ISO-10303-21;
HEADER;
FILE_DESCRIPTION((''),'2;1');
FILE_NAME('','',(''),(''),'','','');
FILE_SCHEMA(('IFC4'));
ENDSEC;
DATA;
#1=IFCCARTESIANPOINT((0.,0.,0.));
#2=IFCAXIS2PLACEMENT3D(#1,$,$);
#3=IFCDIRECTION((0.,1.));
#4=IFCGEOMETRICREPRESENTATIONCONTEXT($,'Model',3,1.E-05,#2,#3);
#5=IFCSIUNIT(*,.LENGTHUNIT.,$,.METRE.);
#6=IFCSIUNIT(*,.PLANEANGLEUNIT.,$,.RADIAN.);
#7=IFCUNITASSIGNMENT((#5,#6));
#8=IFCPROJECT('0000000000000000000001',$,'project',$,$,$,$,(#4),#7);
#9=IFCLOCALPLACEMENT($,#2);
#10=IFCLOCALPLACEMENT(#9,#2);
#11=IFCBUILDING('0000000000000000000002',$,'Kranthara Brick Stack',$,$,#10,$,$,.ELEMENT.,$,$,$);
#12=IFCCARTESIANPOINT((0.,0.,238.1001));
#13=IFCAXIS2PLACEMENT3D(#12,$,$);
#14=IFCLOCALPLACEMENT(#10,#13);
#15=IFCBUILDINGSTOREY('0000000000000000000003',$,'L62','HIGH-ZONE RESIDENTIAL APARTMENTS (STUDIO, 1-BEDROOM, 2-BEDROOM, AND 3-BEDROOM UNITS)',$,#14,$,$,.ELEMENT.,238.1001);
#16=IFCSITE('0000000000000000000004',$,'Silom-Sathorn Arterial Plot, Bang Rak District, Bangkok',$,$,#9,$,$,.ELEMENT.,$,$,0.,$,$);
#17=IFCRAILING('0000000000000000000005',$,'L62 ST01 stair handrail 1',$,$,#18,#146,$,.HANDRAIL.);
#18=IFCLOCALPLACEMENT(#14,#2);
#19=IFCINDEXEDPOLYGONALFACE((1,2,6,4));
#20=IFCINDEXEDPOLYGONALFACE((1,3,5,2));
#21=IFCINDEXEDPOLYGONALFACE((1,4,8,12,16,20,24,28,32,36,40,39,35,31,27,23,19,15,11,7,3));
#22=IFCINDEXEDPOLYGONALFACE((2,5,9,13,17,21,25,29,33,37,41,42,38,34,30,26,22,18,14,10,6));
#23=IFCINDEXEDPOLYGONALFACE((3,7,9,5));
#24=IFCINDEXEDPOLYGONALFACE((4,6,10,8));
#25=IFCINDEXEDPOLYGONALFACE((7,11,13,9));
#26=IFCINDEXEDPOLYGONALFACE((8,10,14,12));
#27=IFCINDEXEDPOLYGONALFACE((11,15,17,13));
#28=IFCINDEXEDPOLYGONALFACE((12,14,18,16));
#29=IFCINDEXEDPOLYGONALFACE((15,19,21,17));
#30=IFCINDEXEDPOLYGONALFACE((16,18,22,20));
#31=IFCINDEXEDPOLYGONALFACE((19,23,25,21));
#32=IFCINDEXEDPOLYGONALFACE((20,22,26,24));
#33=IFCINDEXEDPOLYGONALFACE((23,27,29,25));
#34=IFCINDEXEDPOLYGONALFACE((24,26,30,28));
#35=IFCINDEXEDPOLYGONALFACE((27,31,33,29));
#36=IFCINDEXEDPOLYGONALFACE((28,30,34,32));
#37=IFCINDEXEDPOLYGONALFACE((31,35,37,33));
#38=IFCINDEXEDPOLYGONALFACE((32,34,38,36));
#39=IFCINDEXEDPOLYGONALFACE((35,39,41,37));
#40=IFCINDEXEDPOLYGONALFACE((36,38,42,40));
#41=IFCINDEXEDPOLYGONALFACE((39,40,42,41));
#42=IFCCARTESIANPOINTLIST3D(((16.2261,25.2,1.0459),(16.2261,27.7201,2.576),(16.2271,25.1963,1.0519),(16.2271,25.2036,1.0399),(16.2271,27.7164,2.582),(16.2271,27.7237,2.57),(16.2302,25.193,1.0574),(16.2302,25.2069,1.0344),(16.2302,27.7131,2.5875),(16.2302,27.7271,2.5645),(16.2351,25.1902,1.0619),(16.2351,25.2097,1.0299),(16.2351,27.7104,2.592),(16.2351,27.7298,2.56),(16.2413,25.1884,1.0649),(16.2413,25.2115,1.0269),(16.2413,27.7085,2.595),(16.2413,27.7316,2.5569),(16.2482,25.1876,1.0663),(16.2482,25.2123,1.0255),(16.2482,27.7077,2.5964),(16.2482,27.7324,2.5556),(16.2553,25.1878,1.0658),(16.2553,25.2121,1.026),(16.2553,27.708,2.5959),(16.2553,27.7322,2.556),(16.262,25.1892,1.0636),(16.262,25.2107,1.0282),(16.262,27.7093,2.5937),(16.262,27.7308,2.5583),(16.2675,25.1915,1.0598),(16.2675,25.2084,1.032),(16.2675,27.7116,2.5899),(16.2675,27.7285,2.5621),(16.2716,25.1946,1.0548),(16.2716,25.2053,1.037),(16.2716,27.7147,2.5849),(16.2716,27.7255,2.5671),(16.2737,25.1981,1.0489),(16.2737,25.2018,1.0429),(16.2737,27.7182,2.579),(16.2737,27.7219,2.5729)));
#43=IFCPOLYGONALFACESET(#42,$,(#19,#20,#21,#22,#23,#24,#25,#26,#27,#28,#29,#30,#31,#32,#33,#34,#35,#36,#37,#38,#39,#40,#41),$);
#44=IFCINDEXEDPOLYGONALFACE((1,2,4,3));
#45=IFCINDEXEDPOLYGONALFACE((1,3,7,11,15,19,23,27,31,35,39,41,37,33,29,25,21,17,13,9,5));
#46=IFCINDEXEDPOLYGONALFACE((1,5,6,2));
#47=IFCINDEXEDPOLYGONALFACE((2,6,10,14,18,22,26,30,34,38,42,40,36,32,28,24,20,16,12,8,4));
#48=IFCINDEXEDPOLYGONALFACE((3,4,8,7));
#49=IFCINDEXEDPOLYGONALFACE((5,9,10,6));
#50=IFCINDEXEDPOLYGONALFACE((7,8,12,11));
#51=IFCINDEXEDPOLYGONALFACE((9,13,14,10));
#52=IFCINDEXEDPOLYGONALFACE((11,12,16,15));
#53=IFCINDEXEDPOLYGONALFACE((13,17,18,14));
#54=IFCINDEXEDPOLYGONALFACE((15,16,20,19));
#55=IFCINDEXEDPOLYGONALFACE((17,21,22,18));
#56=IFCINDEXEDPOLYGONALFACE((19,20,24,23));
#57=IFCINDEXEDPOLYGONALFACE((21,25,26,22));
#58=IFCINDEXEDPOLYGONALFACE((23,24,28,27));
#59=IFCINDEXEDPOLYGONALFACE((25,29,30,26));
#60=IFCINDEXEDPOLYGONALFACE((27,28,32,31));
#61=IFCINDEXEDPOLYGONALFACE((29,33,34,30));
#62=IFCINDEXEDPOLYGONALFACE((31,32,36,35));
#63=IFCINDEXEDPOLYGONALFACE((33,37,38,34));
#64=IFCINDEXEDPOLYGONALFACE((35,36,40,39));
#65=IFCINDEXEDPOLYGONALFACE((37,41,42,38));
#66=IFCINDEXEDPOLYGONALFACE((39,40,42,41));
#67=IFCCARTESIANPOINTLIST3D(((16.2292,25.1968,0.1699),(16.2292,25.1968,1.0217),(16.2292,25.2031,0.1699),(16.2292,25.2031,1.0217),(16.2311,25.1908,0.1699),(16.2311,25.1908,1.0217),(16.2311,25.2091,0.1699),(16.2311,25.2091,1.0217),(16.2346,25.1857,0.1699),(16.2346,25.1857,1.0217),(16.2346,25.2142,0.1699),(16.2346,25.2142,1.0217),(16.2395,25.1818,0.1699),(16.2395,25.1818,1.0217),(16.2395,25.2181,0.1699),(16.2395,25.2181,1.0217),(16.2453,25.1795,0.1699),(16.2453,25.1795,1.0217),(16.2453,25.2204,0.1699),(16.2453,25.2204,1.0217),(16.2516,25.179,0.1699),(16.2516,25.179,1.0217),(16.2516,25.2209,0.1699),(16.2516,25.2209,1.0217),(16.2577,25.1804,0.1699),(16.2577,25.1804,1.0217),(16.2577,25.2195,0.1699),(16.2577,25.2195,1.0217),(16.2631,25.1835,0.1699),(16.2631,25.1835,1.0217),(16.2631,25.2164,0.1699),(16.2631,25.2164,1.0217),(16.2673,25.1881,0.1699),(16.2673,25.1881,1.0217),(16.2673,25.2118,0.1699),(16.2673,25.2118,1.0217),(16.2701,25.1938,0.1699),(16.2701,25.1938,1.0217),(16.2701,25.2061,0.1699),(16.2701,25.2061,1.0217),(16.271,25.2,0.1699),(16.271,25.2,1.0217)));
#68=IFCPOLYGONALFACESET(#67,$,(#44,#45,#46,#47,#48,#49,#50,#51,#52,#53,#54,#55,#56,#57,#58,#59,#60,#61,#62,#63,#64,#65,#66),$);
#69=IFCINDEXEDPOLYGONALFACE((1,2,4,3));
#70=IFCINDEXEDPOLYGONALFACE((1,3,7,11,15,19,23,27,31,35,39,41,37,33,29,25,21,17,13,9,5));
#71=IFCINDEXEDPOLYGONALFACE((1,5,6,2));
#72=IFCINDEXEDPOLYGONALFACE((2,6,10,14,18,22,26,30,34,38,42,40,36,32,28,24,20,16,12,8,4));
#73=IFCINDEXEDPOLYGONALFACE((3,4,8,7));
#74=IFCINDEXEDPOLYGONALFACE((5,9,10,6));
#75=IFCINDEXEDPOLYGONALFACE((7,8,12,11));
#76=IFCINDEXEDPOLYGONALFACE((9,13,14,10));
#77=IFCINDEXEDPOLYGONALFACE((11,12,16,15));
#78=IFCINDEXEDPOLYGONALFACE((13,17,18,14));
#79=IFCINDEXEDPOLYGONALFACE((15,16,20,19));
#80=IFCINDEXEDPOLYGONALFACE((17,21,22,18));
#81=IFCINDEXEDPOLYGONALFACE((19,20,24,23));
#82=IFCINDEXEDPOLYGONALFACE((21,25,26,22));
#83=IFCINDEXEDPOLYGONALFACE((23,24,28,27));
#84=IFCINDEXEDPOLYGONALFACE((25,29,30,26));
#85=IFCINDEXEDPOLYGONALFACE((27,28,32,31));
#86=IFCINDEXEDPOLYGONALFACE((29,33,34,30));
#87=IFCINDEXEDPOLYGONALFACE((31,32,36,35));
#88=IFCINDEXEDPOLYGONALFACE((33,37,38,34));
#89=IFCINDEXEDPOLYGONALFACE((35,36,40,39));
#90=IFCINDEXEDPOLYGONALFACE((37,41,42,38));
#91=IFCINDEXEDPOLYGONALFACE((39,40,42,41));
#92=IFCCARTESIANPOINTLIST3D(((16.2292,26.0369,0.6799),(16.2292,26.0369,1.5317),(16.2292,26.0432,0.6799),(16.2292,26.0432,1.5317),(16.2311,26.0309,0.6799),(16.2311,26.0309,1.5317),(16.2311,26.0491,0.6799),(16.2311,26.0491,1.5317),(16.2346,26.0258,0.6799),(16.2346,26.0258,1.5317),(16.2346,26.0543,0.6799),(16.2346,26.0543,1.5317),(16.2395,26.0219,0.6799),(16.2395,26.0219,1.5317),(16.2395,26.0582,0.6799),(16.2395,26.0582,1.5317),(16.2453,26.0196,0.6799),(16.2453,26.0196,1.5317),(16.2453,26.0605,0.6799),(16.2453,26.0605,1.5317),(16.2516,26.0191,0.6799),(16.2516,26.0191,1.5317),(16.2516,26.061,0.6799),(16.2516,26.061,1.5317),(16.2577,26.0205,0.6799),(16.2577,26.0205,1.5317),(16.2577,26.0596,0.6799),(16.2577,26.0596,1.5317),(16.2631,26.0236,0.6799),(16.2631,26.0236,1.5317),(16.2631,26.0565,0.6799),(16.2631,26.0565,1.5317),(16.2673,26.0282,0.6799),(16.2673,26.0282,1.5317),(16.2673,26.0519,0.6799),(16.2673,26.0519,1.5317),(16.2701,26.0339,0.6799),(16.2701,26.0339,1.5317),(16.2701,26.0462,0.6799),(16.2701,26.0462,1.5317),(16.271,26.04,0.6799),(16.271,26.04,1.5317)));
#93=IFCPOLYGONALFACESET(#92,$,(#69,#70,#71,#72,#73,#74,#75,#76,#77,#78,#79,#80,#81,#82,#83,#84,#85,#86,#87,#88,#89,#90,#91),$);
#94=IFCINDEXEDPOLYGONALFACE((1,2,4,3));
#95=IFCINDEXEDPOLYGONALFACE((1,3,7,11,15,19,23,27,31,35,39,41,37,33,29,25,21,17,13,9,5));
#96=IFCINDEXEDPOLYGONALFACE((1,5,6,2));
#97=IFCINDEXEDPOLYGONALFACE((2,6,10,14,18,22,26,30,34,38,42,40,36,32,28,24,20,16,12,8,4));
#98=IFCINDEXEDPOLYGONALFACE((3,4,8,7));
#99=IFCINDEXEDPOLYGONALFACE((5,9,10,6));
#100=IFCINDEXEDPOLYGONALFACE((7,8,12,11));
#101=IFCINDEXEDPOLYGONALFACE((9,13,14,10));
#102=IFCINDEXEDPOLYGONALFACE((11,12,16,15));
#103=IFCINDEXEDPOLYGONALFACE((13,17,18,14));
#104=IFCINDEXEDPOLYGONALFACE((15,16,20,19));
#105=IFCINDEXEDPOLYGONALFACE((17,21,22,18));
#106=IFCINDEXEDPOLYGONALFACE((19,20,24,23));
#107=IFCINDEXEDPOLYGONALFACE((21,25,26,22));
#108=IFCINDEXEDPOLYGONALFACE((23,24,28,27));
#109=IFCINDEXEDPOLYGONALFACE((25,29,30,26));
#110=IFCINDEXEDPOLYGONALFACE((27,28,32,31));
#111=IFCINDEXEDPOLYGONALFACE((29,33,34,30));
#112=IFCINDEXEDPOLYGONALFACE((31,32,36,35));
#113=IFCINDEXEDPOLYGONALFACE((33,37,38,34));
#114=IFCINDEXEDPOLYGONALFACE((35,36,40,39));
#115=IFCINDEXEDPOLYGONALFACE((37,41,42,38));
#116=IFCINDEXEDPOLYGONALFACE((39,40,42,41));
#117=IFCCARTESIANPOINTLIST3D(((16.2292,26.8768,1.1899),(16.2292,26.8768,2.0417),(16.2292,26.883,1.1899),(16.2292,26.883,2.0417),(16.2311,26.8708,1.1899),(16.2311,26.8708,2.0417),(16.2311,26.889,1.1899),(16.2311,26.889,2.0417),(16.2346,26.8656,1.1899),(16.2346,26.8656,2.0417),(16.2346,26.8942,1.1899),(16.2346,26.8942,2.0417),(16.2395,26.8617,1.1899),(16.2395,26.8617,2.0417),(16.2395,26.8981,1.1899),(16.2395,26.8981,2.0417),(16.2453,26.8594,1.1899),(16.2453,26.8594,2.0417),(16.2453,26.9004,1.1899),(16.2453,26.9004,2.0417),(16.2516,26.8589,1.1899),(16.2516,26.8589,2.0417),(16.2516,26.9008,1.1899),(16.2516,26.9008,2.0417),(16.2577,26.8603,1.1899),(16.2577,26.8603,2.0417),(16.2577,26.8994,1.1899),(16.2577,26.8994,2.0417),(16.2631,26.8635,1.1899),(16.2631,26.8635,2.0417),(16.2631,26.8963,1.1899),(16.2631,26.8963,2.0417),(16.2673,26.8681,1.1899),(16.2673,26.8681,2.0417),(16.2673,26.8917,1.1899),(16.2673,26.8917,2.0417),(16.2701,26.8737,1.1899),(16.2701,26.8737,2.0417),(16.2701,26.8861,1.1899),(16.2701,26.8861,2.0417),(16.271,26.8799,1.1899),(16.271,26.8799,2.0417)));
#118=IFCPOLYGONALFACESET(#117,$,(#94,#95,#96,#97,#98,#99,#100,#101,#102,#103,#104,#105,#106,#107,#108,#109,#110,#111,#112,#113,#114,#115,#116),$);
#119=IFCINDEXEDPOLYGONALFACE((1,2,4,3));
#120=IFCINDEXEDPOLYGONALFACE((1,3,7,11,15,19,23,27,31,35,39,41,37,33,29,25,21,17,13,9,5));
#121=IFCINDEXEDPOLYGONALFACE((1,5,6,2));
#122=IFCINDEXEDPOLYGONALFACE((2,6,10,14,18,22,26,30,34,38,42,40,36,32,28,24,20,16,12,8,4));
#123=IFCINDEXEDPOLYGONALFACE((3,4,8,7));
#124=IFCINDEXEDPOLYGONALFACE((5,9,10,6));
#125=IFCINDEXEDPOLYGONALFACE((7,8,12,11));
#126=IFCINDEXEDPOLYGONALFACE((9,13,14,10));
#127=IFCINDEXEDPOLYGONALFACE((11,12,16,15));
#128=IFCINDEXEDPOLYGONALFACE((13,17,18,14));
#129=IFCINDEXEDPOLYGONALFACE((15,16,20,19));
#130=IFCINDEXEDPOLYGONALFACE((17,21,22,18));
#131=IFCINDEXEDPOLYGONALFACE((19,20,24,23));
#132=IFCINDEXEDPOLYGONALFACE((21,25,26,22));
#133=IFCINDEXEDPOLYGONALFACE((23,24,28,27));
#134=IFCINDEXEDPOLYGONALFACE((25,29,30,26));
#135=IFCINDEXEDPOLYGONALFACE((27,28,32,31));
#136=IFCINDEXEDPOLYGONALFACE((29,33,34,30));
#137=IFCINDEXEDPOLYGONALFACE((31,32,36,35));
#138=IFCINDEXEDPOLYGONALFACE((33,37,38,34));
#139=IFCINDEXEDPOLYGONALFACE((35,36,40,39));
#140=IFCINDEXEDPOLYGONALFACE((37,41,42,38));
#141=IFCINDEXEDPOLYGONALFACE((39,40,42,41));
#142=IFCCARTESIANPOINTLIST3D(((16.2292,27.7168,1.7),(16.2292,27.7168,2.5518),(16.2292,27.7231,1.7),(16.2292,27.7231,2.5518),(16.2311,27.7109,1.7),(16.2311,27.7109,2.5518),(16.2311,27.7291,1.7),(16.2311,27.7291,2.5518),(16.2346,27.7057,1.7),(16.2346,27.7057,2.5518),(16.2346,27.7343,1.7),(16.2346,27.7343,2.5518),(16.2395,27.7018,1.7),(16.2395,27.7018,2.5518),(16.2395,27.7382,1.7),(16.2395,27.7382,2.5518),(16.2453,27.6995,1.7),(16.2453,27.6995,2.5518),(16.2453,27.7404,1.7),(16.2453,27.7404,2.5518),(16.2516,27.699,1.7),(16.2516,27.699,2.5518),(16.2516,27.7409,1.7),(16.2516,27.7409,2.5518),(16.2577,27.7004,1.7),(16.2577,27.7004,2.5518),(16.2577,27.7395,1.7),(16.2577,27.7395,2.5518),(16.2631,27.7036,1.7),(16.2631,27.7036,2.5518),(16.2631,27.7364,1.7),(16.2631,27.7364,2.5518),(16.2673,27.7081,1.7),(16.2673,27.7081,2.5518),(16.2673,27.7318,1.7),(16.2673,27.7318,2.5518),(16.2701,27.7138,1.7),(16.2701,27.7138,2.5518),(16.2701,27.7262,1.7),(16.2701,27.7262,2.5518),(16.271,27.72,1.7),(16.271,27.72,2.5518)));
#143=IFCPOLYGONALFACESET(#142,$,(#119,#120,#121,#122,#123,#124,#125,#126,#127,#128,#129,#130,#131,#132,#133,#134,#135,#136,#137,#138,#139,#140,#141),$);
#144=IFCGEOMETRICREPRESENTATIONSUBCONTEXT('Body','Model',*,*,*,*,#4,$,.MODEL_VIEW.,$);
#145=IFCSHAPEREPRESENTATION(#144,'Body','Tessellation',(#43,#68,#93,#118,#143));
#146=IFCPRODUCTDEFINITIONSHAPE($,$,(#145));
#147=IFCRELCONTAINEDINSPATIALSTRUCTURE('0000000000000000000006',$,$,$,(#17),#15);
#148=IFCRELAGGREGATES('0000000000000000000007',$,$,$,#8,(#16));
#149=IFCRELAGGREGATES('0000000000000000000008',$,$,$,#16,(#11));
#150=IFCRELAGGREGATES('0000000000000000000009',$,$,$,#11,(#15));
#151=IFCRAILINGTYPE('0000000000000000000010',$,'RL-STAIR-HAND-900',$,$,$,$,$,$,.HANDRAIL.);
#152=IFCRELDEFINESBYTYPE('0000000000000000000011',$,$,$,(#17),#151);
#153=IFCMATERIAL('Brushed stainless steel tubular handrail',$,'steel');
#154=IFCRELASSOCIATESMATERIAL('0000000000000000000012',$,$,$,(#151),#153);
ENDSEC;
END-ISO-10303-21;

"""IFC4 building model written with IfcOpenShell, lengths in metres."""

from ifc_helpers import new_model, si_unit, direction, frame, origin, origin_2d, place, context, subcontext, project, spatial, circle, extrude, material, type_object, element, save


model = new_model("IFC4")

# Units and contexts
model_context = context("Model", 3, precision=1e-05, world=origin(), true_north=direction((0.0, 1.0)))
body_context = subcontext(model_context, "Body", "Model", "MODEL_VIEW")
ifc_project = project(units=[si_unit("LENGTHUNIT", "METRE"), si_unit("PLANEANGLEUNIT", "RADIAN")], contexts=[model_context])

# Site, building, storey
site_placement = place(None, origin())
site = spatial("IfcSite", under=ifc_project, at=site_placement, Name="Silom-Sathorn Arterial Plot, Bang Rak District, Bangkok", CompositionType="ELEMENT", RefElevation=0.0)
building_placement = place(site_placement, origin())
building = spatial("IfcBuilding", under=site, at=building_placement, Name="Kranthara Brick Stack", CompositionType="ELEMENT")
storey_placement = place(building_placement, frame((0.0, 0.0, 238.1001)))
storey = spatial("IfcBuildingStorey", under=building, at=storey_placement, Name="L62", Description="HIGH-ZONE RESIDENTIAL APARTMENTS (STUDIO, 1-BEDROOM, 2-BEDROOM, AND 3-BEDROOM UNITS)", CompositionType="ELEMENT", Elevation=238.1001)

# Railing
ifc_material_1 = material(Name="Brushed stainless steel tubular handrail", Category="steel")
railing_type_1 = type_object("IfcRailingType", Name="RL-STAIR-HAND-900", PredefinedType="HANDRAIL", material=ifc_material_1)
railing_1_placement = place(storey_placement, frame((16.25, 25.2, 0.1699)))
element("IfcRailing", 1, at=railing_1_placement, inside=storey, type_object=railing_type_1, Name="L62 ST01 stair handrail 1", PredefinedType="HANDRAIL", context=body_context, shape_type="SweptSolid", body=[
    extrude(circle(Radius=0.0239, at=origin_2d()), frame((0.0, 0.0, 0.876), z_axis=(0.0, 0.854785, 0.518982), x_axis=(-1.0, 0.0, 0.0)), (0.0, 0.0, 1.0), 2.9482),
    extrude(circle(Radius=0.021, at=origin_2d()), origin(), (0.0, 0.0, 1.0), 0.8518),
    extrude(circle(Radius=0.021, at=origin_2d()), frame((0.0, 0.8401, 0.51)), (0.0, 0.0, 1.0), 0.8518),
    extrude(circle(Radius=0.021, at=origin_2d()), frame((0.0, 1.6799, 1.02)), (0.0, 0.0, 1.0), 0.8518),
    extrude(circle(Radius=0.021, at=origin_2d()), frame((0.0, 2.52, 1.53)), (0.0, 0.0, 1.0), 0.8518),
])

save(model, "model.ifc")
